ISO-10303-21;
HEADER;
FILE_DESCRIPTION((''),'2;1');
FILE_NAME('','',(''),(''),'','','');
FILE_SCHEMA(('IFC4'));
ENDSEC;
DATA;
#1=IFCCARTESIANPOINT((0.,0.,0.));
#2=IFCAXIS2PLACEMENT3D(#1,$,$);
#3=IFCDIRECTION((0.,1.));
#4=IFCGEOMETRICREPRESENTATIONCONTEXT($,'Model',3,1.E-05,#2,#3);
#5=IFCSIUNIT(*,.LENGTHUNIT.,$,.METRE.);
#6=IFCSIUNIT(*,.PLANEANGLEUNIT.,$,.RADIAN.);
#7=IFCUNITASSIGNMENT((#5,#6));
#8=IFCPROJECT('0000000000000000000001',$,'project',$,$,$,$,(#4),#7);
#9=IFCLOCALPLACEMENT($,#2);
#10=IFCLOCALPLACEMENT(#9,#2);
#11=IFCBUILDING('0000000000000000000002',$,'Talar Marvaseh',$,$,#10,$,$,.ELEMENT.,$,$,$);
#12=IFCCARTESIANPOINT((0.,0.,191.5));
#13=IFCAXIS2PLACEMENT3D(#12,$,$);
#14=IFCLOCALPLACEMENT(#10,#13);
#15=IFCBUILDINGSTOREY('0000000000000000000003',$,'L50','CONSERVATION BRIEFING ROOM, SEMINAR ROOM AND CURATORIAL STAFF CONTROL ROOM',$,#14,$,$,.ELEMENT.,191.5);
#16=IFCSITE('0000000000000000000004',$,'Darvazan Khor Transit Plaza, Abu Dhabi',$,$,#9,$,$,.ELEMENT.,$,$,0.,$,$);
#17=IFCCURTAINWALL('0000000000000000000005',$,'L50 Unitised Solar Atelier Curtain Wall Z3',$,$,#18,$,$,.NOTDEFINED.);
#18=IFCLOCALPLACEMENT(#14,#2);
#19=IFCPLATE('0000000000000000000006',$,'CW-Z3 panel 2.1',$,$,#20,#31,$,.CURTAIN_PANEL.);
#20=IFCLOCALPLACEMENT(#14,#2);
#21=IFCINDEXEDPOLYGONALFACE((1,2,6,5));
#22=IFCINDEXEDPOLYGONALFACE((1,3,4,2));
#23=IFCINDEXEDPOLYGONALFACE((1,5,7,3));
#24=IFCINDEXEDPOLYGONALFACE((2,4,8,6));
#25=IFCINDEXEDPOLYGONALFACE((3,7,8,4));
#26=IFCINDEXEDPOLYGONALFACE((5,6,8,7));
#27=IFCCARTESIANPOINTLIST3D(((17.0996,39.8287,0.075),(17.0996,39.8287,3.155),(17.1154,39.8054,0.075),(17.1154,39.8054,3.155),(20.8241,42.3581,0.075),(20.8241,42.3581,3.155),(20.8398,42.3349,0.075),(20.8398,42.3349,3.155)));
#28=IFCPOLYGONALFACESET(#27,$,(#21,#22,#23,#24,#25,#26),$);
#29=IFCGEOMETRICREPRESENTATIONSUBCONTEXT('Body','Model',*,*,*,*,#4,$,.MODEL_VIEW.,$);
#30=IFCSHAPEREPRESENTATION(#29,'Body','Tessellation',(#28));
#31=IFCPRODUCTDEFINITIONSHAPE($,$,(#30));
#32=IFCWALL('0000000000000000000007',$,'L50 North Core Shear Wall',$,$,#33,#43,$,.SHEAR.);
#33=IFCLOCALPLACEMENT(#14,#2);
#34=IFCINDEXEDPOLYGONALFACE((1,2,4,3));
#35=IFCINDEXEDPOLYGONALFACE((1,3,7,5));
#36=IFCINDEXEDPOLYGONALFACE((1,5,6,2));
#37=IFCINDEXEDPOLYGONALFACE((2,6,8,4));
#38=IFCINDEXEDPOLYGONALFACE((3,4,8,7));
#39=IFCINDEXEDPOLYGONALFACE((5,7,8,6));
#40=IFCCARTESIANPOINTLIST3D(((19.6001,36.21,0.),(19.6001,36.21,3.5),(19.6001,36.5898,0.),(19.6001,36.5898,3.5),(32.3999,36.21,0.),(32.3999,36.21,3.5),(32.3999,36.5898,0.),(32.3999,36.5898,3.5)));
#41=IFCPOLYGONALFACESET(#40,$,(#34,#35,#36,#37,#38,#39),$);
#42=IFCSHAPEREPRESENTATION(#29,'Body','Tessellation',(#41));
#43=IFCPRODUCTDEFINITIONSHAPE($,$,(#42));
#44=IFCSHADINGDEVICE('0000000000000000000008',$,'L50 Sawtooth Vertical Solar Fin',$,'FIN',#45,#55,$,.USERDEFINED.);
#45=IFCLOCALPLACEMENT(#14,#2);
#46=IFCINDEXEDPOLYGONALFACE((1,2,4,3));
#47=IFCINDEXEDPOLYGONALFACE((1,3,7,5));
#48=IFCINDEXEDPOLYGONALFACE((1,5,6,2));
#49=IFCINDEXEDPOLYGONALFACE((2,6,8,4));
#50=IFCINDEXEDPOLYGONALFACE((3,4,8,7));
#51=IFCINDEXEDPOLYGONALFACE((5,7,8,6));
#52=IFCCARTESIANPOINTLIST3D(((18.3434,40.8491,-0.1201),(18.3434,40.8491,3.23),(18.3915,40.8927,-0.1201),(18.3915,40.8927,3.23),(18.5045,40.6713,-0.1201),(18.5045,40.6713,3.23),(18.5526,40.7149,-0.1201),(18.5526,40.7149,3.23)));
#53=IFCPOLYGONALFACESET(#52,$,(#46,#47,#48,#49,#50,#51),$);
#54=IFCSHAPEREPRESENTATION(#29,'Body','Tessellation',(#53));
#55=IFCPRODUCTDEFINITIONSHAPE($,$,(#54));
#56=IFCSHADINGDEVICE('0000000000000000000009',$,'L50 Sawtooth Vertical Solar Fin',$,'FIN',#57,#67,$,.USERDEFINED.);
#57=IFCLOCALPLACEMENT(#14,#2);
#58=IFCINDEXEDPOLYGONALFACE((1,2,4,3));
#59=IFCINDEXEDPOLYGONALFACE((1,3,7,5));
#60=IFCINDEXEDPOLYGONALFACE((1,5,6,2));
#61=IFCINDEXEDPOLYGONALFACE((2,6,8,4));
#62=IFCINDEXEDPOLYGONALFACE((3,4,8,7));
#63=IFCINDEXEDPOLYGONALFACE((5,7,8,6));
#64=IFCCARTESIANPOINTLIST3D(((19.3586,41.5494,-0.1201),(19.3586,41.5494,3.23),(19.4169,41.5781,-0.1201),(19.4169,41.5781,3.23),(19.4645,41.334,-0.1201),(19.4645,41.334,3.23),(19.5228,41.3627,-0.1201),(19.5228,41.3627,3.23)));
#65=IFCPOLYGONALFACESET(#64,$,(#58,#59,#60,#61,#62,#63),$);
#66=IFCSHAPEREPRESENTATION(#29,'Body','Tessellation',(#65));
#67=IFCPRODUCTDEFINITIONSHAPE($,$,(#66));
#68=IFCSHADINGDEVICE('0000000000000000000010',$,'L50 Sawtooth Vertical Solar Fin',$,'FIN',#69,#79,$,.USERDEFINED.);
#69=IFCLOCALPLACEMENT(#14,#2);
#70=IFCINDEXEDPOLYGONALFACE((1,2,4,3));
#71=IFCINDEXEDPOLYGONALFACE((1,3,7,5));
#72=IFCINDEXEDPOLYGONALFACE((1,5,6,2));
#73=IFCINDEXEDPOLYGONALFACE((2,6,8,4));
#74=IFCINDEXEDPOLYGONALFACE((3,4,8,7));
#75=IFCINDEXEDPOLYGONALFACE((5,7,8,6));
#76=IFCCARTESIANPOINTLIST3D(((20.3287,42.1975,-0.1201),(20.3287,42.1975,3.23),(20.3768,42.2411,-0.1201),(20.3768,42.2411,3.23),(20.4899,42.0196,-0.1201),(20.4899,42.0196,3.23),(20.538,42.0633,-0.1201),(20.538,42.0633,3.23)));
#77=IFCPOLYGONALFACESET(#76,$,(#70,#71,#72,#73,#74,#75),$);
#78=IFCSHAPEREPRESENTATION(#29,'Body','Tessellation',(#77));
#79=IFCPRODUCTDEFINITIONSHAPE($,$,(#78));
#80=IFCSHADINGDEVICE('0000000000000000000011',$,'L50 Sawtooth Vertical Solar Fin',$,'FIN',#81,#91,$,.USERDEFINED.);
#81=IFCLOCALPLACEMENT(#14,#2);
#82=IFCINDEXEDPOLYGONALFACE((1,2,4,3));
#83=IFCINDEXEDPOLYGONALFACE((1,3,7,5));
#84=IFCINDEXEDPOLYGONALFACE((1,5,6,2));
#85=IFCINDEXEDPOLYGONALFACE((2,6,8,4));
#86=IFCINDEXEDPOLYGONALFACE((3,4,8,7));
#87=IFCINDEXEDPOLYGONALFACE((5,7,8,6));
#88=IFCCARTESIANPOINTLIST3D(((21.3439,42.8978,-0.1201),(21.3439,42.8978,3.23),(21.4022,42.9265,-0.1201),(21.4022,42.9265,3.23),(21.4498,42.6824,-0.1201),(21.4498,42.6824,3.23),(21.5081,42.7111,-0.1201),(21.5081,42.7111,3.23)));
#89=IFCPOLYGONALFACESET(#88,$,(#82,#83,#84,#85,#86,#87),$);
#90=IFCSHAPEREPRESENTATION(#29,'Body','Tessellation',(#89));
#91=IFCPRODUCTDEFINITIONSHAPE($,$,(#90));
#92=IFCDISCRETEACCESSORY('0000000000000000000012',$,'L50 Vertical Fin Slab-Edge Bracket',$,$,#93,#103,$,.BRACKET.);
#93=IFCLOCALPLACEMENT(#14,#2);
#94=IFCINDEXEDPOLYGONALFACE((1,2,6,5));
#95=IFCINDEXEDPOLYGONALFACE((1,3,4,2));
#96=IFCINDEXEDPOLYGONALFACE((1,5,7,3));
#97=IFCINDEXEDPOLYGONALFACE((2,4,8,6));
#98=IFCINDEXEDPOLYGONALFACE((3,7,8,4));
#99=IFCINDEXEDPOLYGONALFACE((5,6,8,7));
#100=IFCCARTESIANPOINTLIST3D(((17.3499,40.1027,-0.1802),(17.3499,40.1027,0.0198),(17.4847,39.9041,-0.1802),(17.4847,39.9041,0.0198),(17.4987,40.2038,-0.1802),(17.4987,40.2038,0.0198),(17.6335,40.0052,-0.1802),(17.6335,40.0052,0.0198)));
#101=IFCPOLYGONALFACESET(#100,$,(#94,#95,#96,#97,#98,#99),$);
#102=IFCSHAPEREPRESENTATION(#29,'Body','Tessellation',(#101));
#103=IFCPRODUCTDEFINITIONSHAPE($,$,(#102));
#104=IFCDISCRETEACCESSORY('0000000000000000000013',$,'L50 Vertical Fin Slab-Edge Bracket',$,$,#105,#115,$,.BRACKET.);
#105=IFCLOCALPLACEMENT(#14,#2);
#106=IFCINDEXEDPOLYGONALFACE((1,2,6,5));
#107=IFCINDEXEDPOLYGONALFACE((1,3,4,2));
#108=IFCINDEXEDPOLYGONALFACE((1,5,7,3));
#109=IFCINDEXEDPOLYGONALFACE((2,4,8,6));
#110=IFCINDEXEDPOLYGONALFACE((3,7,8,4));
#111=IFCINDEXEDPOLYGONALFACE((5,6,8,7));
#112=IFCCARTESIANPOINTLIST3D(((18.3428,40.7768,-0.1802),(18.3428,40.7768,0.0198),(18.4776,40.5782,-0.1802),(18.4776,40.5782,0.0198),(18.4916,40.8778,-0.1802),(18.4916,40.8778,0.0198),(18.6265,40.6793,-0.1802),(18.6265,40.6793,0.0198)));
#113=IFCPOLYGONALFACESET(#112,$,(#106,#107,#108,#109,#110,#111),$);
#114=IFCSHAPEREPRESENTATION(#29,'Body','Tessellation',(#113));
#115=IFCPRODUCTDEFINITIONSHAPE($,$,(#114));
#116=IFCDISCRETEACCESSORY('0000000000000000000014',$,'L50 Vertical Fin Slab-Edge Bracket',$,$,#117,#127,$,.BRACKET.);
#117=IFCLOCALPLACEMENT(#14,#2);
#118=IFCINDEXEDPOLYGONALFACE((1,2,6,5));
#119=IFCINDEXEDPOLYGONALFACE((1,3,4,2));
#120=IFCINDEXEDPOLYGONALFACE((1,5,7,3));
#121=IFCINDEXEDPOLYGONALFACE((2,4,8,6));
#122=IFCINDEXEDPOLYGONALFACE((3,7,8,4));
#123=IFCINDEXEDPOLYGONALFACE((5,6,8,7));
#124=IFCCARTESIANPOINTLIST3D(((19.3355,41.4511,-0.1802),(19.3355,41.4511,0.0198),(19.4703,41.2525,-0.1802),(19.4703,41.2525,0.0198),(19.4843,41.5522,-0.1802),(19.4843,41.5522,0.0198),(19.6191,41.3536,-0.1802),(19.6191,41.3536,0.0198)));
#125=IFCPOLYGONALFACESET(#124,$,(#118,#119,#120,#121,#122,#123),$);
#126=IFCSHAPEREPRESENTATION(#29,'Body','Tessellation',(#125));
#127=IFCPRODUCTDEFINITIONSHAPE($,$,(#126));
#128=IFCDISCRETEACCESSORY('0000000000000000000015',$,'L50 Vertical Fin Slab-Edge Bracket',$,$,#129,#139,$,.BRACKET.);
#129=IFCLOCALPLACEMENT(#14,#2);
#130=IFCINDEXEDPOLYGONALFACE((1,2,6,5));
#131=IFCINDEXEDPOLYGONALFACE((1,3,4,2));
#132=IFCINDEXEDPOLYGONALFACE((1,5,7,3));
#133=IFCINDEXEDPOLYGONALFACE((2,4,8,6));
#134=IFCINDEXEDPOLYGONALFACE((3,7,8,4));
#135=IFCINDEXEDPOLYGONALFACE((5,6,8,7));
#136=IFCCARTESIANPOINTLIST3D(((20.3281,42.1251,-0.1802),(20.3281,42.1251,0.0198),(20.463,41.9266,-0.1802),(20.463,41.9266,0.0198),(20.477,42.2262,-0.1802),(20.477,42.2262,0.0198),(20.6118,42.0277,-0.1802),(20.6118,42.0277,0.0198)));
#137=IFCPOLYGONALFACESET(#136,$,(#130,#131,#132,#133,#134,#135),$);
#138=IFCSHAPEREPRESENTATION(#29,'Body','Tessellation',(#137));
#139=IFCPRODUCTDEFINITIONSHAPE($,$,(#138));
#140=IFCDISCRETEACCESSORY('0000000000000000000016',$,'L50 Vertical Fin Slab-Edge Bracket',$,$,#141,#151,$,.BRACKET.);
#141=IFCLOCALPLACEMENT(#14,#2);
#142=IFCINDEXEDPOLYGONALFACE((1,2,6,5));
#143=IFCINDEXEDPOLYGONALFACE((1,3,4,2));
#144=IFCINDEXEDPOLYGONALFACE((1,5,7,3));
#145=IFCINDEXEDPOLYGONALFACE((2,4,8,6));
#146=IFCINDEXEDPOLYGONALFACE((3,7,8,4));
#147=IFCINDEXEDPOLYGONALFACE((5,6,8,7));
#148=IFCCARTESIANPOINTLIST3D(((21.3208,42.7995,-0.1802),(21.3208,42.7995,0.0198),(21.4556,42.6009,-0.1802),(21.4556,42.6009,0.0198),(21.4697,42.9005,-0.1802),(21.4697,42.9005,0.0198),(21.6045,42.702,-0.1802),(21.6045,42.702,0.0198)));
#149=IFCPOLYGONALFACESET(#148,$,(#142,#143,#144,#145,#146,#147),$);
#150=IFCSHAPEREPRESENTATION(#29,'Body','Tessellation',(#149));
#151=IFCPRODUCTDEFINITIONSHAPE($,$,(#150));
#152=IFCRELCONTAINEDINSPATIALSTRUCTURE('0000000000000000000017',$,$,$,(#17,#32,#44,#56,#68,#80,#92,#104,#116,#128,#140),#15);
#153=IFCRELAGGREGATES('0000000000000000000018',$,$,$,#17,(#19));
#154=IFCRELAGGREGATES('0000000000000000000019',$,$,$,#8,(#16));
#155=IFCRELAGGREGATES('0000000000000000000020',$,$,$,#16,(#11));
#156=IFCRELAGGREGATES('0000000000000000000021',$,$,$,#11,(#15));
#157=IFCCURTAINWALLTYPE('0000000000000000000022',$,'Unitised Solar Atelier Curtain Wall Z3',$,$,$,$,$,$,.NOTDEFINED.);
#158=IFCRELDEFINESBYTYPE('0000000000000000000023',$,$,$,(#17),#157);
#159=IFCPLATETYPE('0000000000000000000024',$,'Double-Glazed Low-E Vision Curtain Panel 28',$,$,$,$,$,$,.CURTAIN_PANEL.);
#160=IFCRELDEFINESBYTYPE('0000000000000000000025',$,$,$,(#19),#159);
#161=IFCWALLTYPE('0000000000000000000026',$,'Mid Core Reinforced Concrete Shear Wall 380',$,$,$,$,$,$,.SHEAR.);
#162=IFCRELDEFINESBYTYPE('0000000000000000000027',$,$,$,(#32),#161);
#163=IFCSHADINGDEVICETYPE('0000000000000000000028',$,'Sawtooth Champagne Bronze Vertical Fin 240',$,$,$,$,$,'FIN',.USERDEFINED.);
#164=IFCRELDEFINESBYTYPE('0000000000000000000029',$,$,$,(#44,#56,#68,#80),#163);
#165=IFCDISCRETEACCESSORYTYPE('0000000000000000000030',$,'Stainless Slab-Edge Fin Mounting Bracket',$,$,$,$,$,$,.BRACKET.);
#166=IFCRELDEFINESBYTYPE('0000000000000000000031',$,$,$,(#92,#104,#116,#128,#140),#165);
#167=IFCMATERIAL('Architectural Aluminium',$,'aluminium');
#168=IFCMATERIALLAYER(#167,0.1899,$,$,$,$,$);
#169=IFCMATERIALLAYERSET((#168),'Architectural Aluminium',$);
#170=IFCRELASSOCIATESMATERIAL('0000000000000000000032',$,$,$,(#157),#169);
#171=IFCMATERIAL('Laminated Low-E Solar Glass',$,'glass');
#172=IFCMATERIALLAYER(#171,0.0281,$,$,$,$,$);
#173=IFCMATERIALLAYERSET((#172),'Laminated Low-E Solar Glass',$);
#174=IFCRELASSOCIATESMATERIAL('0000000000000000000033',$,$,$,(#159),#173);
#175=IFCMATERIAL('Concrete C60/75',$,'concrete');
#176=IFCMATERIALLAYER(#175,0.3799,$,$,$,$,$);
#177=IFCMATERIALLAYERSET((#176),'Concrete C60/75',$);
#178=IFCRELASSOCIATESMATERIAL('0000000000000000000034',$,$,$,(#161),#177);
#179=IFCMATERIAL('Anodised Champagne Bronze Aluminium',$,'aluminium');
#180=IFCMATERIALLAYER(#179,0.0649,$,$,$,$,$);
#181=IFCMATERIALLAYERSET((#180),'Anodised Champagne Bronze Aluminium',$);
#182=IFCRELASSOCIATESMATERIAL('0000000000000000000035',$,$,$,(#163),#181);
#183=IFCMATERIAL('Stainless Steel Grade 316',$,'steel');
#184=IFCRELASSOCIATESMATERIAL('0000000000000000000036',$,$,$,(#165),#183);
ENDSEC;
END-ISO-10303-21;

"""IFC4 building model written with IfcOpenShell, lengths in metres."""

from ifc_helpers import new_model, si_unit, direction, frame, frame_2d, origin, origin_2d, place, context, subcontext, project, spatial, rectangle, extrude, source, transform, mapped, material, layer, layer_set, type_object, type_shapes, element, aggregate, save


model = new_model("IFC4")

# Units and contexts
model_context = context("Model", 3, precision=1e-05, world=origin(), true_north=direction((0.0, 1.0)))
body_context = subcontext(model_context, "Body", "Model", "MODEL_VIEW")
ifc_project = project(units=[si_unit("LENGTHUNIT", "METRE"), si_unit("PLANEANGLEUNIT", "RADIAN")], contexts=[model_context])

# Site, building, storey
site_placement = place(None, origin())
site = spatial("IfcSite", under=ifc_project, at=site_placement, Name="Darvazan Khor Transit Plaza, Abu Dhabi", CompositionType="ELEMENT", RefElevation=0.0)
building_placement = place(site_placement, origin())
building = spatial("IfcBuilding", under=site, at=building_placement, Name="Talar Marvaseh", CompositionType="ELEMENT")
storey_placement = place(building_placement, frame((0.0, 0.0, 191.5)))
storey = spatial("IfcBuildingStorey", under=building, at=storey_placement, Name="L50", Description="CONSERVATION BRIEFING ROOM, SEMINAR ROOM AND CURATORIAL STAFF CONTROL ROOM", CompositionType="ELEMENT", Elevation=191.5)

# Shared definitions
ifc_material_1 = material(Name="Concrete C60/75", Category="concrete")

# Curtain wall, plate
ifc_material_2 = material(Name="Architectural Aluminium", Category="aluminium")
ifc_layer_1 = layer(ifc_material_2, 0.1899)
ifc_layer_set_1 = layer_set([ifc_layer_1], Name="Architectural Aluminium")
curtain_wall_type = type_object("IfcCurtainWallType", Name="Unitised Solar Atelier Curtain Wall Z3", PredefinedType="NOTDEFINED", material=ifc_layer_set_1)
curtain_wall_placement = place(storey_placement, origin())
curtain_wall = element("IfcCurtainWall", 1, at=curtain_wall_placement, inside=storey, type_object=curtain_wall_type, Name="L50 Unitised Solar Atelier Curtain Wall Z3", PredefinedType="NOTDEFINED")
ifc_material_3 = material(Name="Laminated Low-E Solar Glass", Category="glass")
ifc_layer_2 = layer(ifc_material_3, 0.0281)
ifc_layer_set_2 = layer_set([ifc_layer_2], Name="Laminated Low-E Solar Glass")
plate_type = type_object("IfcPlateType", Name="Double-Glazed Low-E Vision Curtain Panel 28", PredefinedType="CURTAIN_PANEL", material=ifc_layer_set_2)
shared_shape_1 = source(origin(), body_context, "Body", "SweptSolid", [
    extrude(rectangle(XDim=4.5022, YDim=0.0281, at=origin_2d()), origin(), (0.0, 0.0, 1.0), 3.0801),
])
type_shapes(plate_type, [shared_shape_1])
plate_placement = place(storey_placement, frame((18.9697, 41.0818, 0.075), z_axis=(0.0, 0.0, 1.0), x_axis=(0.827255, 0.561827, 0.0)))
plate = element("IfcPlate", 2, at=plate_placement, type_object=plate_type, Name="CW-Z3 panel 2.1", PredefinedType="CURTAIN_PANEL", context=body_context, shape_type="MappedRepresentation", body=[
    mapped(shared_shape_1, transform((0.0, 0.0, 0.0), x_axis=(1.0, 0.0, 0.0), y_axis=(0.0, 1.0, 0.0), z_axis=(0.0, 0.0, 1.0), scale=1.0)),
])
aggregate(curtain_wall, [plate])

# Wall
ifc_layer_3 = layer(ifc_material_1, 0.3799)
ifc_layer_set_3 = layer_set([ifc_layer_3], Name="Concrete C60/75")
wall_type = type_object("IfcWallType", Name="Mid Core Reinforced Concrete Shear Wall 380", PredefinedType="SHEAR", material=ifc_layer_set_3)
wall_placement = place(storey_placement, frame((19.6001, 36.3999, 0.0), z_axis=(0.0, 0.0, 1.0), x_axis=(1.0, 0.0, 0.0)))
element("IfcWall", 3, at=wall_placement, inside=storey, type_object=wall_type, Name="L50 North Core Shear Wall", PredefinedType="SHEAR", context=body_context, shape_type="SweptSolid", body=[
    extrude(rectangle(XDim=12.7998, YDim=0.3799, at=frame_2d((6.3999, 0.0))), origin(), (0.0, 0.0, 1.0), 3.5),
])

# Shading devices
ifc_material_4 = material(Name="Anodised Champagne Bronze Aluminium", Category="aluminium")
ifc_layer_4 = layer(ifc_material_4, 0.0649)
ifc_layer_set_4 = layer_set([ifc_layer_4], Name="Anodised Champagne Bronze Aluminium")
shading_device_type = type_object("IfcShadingDeviceType", Name="Sawtooth Champagne Bronze Vertical Fin 240", ElementType="FIN", PredefinedType="USERDEFINED", material=ifc_layer_set_4)
shared_shape_2 = source(origin(), body_context, "Body", "SweptSolid", [
    extrude(rectangle(XDim=0.24, YDim=0.0649, at=origin_2d()), origin(), (0.0, 0.0, 1.0), 3.3501),
])
type_shapes(shading_device_type, [shared_shape_2])
for number, where, z_axis, x_axis, name in (
    (4, (18.448, 40.782, -0.1201), (0.0, 0.0, 1.0), (-0.671462, 0.741039, 0.0), "L50 Sawtooth Vertical Solar Fin"),
    (5, (19.4407, 41.4561, -0.1201), (0.0, 0.0, 1.0), (-0.441193, 0.897412, 0.0), "L50 Sawtooth Vertical Solar Fin"),
    (6, (20.4333, 42.1304, -0.1201), (0.0, 0.0, 1.0), (-0.671462, 0.741039, 0.0), "L50 Sawtooth Vertical Solar Fin"),
    (7, (21.426, 42.8044, -0.1201), (0.0, 0.0, 1.0), (-0.441193, 0.897412, 0.0), "L50 Sawtooth Vertical Solar Fin"),
):
    element("IfcShadingDevice", number, at=place(storey_placement, frame(where, z_axis=z_axis, x_axis=x_axis)), inside=storey, type_object=shading_device_type, Name=name, ObjectType="FIN", PredefinedType="USERDEFINED", context=body_context, shape_type="MappedRepresentation", body=[
        mapped(shared_shape_2, transform((0.0, 0.0, 0.0), x_axis=(1.0, 0.0, 0.0), y_axis=(0.0, 1.0, 0.0), z_axis=(0.0, 0.0, 1.0), scale=1.0)),
    ])

# Discrete accessories
ifc_material_5 = material(Name="Stainless Steel Grade 316", Category="steel")
discrete_accessory_type = type_object("IfcDiscreteAccessoryType", Name="Stainless Slab-Edge Fin Mounting Bracket", PredefinedType="BRACKET", material=ifc_material_5)
shared_shape_3 = source(origin(), body_context, "Body", "SweptSolid", [
    extrude(rectangle(XDim=0.24, YDim=0.1799, at=origin_2d()), origin(), (0.0, 0.0, 1.0), 0.2),
])
type_shapes(discrete_accessory_type, [shared_shape_3])
for number, where, z_axis, x_axis, name in (
    (8, (17.4917, 40.054, -0.1802), (0.0, 0.0, 1.0), (-0.561795, 0.827277, 0.0), "L50 Vertical Fin Slab-Edge Bracket"),
    (9, (18.4846, 40.728, -0.1802), (0.0, 0.0, 1.0), (-0.561795, 0.827277, 0.0), "L50 Vertical Fin Slab-Edge Bracket"),
    (10, (19.4773, 41.4023, -0.1802), (0.0, 0.0, 1.0), (-0.561795, 0.827277, 0.0), "L50 Vertical Fin Slab-Edge Bracket"),
    (11, (20.47, 42.0764, -0.1802), (0.0, 0.0, 1.0), (-0.561795, 0.827277, 0.0), "L50 Vertical Fin Slab-Edge Bracket"),
    (12, (21.4626, 42.7507, -0.1802), (0.0, 0.0, 1.0), (-0.561795, 0.827277, 0.0), "L50 Vertical Fin Slab-Edge Bracket"),
):
    element("IfcDiscreteAccessory", number, at=place(storey_placement, frame(where, z_axis=z_axis, x_axis=x_axis)), inside=storey, type_object=discrete_accessory_type, Name=name, PredefinedType="BRACKET", context=body_context, shape_type="MappedRepresentation", body=[
        mapped(shared_shape_3, transform((0.0, 0.0, 0.0), x_axis=(1.0, 0.0, 0.0), y_axis=(0.0, 1.0, 0.0), z_axis=(0.0, 0.0, 1.0), scale=1.0)),
    ])

save(model, "model.ifc")
